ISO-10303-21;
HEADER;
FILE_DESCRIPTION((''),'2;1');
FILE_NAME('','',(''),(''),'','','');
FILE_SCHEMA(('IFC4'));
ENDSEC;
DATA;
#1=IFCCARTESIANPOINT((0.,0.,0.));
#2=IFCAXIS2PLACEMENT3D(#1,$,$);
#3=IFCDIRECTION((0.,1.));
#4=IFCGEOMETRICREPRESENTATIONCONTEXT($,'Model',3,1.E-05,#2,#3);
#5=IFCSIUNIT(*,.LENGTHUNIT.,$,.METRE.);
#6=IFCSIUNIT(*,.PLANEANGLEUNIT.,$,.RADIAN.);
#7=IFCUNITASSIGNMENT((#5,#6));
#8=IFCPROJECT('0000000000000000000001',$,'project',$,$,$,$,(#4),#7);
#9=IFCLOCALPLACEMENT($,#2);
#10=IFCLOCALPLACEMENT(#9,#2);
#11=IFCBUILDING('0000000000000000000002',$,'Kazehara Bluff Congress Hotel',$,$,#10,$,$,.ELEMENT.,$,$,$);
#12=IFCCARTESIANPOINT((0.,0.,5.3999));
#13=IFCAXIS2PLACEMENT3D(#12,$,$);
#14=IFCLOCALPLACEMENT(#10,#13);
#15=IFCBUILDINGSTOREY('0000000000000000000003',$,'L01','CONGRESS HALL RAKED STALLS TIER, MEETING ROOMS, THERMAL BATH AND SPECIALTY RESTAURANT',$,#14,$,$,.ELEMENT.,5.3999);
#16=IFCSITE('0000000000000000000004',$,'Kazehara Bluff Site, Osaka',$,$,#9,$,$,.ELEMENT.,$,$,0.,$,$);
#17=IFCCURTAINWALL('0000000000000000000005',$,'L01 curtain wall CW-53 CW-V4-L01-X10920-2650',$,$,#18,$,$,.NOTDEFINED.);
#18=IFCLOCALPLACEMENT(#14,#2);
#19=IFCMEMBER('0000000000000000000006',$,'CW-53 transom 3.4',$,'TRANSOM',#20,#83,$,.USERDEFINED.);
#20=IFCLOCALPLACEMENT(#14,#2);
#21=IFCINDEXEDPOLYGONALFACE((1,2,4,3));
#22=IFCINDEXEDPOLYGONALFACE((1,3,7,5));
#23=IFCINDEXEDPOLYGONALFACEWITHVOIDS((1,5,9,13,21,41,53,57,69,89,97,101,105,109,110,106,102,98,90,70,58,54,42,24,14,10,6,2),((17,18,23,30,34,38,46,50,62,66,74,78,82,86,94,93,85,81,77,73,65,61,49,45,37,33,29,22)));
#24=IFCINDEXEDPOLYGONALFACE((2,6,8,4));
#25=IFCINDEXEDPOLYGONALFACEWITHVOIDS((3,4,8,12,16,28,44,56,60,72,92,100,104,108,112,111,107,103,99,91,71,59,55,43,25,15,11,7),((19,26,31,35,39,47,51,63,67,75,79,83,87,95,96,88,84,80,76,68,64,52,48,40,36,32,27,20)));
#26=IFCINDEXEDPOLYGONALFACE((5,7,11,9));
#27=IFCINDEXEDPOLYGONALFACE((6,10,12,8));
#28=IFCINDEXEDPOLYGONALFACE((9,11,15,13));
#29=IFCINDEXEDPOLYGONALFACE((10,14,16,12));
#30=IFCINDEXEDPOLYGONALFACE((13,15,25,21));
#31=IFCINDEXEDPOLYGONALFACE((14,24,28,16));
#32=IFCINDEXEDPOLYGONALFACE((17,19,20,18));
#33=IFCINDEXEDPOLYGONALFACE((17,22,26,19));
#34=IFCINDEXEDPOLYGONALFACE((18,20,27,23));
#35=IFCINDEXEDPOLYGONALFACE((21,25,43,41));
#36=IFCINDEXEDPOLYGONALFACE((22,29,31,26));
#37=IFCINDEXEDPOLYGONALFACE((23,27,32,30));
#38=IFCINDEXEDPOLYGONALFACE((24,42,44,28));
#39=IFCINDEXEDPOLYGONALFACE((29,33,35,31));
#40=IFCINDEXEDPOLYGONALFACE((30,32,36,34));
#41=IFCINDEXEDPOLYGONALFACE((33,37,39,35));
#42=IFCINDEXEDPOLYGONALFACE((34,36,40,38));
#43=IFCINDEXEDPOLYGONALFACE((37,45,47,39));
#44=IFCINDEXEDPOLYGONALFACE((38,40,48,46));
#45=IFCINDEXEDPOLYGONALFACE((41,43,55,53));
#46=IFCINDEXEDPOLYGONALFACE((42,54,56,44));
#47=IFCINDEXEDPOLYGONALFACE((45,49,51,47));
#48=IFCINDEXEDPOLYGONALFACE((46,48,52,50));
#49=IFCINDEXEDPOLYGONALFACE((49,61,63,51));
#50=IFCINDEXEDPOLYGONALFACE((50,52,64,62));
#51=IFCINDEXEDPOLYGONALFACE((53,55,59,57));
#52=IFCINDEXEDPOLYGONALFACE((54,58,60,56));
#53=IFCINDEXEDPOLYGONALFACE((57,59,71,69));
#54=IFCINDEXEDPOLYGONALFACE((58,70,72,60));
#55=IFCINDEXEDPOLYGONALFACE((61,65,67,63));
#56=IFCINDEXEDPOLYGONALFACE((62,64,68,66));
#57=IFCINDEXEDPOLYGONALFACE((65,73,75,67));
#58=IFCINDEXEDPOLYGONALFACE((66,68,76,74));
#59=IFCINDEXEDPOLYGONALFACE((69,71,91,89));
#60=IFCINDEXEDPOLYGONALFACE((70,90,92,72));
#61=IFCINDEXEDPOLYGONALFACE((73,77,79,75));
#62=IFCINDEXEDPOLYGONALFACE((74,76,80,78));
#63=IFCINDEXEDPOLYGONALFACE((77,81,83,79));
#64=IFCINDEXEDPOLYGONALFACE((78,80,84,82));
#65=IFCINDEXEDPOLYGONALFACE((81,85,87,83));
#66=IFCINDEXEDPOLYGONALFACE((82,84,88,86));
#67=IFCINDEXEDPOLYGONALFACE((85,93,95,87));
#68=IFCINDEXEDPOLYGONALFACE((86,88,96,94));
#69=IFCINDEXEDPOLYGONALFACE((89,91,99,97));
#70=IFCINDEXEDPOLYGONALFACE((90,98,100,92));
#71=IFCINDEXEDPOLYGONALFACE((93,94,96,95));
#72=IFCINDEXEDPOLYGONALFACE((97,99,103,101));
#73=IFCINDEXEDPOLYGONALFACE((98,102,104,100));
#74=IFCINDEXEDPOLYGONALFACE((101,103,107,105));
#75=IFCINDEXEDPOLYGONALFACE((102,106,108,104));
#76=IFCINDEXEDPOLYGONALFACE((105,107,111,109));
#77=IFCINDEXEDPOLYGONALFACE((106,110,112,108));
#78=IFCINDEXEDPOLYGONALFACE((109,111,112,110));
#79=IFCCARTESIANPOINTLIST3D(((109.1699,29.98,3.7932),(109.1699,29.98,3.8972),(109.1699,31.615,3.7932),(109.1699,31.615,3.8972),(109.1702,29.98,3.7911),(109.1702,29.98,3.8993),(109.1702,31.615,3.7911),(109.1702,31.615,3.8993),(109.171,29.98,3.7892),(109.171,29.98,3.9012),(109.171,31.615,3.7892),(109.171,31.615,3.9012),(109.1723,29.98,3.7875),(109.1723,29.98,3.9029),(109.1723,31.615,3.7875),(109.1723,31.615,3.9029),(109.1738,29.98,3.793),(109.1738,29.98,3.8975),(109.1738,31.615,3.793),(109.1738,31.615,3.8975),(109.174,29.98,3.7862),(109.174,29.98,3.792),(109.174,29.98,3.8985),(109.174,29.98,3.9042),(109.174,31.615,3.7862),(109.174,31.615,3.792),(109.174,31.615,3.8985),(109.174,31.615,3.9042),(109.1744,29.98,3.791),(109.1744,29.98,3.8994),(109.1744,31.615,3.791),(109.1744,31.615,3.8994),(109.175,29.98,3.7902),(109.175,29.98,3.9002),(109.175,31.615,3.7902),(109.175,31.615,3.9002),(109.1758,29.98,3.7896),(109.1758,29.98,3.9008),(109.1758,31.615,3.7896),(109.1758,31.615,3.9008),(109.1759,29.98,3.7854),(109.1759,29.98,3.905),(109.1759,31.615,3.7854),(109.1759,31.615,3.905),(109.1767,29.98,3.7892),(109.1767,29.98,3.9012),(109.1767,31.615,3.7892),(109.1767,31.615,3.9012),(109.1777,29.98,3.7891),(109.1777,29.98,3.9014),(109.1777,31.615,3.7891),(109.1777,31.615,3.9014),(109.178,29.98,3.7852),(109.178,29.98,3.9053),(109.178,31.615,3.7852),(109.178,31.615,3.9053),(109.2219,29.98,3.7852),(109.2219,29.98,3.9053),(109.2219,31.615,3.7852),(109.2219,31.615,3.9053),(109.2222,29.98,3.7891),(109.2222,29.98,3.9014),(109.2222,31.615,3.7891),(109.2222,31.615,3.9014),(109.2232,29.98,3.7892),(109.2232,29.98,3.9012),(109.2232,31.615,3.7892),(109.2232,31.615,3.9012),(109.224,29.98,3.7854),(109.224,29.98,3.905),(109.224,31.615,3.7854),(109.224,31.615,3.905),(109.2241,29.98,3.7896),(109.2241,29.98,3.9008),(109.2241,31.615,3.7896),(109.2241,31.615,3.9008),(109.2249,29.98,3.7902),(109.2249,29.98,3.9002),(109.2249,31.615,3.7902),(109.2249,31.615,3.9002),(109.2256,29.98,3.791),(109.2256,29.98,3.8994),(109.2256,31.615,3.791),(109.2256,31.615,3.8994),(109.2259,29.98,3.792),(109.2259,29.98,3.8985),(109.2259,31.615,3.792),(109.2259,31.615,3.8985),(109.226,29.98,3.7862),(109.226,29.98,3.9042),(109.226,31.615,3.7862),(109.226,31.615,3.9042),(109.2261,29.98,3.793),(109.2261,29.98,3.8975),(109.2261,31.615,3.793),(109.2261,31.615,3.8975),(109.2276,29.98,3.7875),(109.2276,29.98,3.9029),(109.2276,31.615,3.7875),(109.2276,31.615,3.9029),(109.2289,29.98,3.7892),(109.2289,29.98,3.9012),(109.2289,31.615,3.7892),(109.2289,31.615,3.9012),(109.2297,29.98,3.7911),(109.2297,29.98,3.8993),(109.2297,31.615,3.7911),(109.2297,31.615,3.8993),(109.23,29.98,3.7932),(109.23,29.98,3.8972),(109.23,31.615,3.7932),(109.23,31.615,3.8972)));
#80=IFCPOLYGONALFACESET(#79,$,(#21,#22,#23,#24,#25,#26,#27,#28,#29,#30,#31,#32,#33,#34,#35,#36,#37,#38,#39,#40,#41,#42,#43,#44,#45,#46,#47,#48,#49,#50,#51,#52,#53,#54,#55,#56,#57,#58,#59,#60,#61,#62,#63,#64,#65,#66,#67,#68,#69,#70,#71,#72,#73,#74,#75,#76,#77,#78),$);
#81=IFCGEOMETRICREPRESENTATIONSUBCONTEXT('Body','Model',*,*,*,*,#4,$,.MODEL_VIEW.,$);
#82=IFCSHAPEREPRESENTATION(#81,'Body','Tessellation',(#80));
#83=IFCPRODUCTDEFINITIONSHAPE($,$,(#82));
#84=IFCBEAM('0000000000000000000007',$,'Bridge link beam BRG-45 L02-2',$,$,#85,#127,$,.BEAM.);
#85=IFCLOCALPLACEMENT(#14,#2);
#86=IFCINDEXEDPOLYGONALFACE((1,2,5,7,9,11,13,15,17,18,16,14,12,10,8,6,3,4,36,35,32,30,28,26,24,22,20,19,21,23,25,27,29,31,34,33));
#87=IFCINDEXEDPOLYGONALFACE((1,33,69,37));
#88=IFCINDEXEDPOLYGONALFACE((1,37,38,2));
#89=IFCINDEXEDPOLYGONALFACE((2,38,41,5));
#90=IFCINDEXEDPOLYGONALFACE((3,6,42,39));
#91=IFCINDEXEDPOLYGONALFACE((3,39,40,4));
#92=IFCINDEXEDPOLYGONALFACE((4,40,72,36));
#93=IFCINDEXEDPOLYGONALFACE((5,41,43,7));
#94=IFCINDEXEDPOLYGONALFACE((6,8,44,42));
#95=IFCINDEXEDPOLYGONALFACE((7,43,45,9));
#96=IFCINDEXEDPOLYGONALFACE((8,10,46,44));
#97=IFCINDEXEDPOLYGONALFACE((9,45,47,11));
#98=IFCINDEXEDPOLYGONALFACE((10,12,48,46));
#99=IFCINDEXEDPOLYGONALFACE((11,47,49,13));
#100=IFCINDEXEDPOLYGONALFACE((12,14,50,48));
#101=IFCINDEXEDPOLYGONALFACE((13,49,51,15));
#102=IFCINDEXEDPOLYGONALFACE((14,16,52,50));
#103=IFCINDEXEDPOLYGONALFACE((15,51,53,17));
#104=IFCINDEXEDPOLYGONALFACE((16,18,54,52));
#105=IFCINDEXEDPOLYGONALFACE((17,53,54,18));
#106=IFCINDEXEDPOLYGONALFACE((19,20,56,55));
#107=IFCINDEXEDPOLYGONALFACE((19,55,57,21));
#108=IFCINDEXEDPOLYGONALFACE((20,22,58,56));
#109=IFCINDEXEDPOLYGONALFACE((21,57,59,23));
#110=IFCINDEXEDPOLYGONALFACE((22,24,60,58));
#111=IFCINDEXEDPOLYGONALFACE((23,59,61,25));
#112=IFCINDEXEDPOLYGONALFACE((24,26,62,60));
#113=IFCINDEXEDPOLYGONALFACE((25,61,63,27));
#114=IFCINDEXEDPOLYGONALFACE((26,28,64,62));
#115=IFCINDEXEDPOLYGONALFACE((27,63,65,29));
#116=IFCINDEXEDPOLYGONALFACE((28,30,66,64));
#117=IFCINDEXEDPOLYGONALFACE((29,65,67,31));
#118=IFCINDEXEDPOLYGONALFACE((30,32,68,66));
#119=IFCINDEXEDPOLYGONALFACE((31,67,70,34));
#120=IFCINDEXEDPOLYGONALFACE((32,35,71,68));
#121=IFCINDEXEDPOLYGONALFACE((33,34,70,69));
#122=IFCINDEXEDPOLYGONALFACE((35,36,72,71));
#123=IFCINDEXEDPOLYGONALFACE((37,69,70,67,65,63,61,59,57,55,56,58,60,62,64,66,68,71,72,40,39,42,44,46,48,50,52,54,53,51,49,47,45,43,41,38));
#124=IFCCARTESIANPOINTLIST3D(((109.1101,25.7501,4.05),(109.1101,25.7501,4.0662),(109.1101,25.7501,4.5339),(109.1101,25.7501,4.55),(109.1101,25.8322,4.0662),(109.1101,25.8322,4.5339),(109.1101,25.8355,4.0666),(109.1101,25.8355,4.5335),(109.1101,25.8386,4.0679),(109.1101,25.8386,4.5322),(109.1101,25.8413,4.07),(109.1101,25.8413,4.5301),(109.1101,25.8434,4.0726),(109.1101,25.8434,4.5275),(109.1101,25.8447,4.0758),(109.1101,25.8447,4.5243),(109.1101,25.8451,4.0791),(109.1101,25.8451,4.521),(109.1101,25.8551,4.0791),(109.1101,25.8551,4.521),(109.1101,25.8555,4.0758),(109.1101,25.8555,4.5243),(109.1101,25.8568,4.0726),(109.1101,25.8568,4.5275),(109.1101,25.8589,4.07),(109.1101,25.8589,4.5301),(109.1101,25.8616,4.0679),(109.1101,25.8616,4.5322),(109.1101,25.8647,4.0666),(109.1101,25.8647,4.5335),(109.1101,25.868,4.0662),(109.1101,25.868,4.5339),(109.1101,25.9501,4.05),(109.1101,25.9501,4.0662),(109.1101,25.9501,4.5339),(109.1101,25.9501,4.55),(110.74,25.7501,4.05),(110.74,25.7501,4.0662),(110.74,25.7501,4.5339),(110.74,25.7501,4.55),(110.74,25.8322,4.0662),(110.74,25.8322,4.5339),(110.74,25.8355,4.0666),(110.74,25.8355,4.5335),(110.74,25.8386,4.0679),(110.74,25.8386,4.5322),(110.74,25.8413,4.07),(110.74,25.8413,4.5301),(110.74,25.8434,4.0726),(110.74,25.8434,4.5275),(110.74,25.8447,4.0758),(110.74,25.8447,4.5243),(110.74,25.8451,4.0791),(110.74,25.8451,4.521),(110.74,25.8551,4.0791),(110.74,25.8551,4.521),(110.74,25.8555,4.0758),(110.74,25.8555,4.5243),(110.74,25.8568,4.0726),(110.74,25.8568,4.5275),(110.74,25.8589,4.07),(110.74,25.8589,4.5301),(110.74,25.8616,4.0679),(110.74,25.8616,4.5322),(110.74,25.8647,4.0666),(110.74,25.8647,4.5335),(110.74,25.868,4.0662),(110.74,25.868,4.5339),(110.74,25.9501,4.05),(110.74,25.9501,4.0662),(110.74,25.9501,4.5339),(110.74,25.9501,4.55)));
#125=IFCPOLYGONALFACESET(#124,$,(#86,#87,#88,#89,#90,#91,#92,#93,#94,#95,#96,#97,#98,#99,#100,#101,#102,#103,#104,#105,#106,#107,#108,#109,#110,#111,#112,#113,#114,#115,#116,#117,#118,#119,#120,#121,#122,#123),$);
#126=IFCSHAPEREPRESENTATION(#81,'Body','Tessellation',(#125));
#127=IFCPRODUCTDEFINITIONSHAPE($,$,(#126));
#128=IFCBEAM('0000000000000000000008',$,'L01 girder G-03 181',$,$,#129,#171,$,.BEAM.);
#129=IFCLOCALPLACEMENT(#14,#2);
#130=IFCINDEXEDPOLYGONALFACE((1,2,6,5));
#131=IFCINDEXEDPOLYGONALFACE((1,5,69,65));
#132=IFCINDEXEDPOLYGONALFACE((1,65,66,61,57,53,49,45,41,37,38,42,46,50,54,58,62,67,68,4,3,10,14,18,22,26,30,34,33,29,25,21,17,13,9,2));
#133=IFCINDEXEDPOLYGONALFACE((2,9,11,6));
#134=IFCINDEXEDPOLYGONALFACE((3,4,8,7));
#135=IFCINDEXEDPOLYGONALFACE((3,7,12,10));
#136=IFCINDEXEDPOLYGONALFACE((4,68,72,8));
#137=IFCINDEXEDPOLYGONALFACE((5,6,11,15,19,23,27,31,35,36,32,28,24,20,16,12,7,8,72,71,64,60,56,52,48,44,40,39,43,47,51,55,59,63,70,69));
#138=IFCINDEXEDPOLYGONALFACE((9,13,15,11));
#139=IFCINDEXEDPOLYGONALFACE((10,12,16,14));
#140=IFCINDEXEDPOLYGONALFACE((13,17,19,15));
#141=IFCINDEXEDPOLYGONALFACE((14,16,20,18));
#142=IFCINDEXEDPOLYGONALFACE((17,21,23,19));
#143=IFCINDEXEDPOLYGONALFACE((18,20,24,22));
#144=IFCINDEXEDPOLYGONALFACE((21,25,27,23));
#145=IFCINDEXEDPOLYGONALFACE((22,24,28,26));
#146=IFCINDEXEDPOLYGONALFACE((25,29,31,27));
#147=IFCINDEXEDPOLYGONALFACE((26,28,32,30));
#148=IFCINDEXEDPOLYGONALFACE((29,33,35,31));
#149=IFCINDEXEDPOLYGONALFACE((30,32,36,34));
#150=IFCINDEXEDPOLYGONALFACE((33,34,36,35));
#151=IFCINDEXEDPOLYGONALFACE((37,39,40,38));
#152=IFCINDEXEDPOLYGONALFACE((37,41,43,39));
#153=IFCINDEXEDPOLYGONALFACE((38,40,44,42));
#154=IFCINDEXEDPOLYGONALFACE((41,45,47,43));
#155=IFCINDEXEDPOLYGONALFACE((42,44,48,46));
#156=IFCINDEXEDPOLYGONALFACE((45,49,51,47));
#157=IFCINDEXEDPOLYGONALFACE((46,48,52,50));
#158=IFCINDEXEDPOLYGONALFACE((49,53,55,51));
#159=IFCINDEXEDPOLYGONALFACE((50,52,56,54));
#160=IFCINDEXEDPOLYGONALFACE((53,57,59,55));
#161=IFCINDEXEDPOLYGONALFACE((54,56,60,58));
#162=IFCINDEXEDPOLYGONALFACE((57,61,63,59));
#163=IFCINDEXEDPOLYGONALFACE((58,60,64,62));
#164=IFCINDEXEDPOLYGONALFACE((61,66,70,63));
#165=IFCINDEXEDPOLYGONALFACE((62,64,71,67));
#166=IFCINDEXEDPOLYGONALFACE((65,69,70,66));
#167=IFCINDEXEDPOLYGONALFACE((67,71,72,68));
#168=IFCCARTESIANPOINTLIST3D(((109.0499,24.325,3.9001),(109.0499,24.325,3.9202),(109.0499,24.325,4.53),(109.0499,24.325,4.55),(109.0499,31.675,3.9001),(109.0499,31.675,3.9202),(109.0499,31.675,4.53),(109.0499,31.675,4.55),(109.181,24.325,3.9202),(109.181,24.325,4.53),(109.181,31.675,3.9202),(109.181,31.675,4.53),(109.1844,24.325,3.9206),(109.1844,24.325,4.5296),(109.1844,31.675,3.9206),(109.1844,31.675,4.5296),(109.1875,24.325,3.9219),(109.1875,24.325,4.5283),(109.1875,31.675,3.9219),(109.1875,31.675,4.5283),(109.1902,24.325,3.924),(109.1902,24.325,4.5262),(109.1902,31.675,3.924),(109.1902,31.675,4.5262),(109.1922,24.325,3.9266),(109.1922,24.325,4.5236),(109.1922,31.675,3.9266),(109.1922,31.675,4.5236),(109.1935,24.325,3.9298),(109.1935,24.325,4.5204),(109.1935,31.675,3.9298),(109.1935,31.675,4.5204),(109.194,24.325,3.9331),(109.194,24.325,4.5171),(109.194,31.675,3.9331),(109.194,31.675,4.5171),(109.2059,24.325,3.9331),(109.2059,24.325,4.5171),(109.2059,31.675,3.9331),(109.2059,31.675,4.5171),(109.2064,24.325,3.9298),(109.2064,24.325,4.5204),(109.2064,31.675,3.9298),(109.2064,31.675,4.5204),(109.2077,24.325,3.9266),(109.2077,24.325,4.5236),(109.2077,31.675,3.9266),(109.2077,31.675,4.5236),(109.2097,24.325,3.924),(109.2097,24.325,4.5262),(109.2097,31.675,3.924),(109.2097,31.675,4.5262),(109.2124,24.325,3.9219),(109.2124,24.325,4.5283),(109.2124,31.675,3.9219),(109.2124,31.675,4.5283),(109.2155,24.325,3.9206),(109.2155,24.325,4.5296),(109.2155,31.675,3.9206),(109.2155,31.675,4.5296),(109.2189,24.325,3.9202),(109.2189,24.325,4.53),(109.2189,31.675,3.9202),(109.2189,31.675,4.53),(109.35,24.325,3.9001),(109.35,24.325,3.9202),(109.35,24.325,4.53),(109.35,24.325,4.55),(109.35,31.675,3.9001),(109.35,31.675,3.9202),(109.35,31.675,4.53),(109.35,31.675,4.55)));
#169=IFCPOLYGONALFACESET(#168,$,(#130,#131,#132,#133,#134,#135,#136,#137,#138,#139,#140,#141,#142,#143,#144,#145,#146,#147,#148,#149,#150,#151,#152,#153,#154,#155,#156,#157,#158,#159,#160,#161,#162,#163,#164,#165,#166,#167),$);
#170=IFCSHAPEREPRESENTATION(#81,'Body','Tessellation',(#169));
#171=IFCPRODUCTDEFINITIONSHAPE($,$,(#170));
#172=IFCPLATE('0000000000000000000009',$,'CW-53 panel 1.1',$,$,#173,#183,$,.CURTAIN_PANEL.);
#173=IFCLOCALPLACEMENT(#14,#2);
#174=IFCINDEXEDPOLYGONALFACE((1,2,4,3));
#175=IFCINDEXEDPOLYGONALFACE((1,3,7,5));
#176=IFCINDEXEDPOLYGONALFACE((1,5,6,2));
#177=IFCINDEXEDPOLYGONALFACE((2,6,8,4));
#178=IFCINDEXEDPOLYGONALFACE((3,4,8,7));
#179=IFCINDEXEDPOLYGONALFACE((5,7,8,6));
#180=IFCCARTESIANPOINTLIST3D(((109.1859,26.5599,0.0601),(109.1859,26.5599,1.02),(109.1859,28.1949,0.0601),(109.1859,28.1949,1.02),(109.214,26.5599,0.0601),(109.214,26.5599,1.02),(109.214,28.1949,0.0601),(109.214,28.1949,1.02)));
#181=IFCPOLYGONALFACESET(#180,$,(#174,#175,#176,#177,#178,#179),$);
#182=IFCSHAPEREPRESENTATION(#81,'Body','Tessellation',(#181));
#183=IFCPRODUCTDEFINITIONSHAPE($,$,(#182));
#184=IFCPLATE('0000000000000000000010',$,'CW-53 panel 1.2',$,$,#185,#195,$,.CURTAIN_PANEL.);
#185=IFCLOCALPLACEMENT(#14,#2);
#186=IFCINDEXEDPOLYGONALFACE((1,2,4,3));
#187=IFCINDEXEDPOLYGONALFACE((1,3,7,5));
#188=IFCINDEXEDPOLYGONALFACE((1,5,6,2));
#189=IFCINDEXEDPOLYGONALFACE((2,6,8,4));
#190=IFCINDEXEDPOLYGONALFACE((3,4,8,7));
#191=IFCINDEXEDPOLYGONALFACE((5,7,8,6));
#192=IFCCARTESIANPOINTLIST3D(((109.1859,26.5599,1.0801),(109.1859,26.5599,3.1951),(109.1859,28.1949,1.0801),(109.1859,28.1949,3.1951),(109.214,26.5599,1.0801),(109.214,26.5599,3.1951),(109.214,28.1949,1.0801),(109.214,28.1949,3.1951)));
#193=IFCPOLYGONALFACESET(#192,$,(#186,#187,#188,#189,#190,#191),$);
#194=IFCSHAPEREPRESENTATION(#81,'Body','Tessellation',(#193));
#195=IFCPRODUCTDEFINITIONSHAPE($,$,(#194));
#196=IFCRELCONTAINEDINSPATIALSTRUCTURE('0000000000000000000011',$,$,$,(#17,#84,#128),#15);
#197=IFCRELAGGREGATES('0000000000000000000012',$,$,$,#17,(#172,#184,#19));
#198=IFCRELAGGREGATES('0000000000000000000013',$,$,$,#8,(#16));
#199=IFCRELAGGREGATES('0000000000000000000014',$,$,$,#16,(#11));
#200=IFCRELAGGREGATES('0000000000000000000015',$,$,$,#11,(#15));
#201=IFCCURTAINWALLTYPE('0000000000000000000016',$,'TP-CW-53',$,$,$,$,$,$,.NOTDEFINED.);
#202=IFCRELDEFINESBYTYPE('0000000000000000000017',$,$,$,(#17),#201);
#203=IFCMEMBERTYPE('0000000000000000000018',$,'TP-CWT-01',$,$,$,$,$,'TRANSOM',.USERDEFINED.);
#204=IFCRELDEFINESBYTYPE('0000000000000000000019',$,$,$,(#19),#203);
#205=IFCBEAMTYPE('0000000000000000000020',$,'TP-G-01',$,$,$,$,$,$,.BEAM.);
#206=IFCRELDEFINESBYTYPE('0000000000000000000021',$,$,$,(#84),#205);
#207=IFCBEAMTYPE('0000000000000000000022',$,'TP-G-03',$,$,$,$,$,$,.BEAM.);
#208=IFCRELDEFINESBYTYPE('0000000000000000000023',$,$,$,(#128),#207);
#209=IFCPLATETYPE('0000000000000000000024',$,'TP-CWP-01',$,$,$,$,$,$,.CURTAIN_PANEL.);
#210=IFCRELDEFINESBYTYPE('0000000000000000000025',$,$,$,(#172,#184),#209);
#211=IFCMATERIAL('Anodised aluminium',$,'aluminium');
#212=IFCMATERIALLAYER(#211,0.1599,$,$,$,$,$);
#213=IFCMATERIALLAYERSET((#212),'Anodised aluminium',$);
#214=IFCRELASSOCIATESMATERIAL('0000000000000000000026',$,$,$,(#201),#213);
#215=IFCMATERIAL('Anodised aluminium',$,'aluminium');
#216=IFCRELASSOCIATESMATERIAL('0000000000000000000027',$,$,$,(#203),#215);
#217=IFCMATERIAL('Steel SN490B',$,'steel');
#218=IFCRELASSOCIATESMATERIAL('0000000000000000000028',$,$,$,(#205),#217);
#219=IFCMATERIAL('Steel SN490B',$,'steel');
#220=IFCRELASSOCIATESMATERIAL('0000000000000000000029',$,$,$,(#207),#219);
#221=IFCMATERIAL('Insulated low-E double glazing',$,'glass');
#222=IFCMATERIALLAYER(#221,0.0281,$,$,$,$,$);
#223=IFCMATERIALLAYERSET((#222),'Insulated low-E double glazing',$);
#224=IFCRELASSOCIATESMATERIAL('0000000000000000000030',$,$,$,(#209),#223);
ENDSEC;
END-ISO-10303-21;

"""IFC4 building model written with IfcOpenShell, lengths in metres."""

from ifc_helpers import new_model, si_unit, direction, frame, origin, origin_2d, place, context, subcontext, project, spatial, rectangle, hollow_rectangle, i_section, extrude, material, layer, layer_set, material_profile, profile_set, type_object, element, aggregate, save


model = new_model("IFC4")

# Units and contexts
model_context = context("Model", 3, precision=1e-05, world=origin(), true_north=direction((0.0, 1.0)))
body_context = subcontext(model_context, "Body", "Model", "MODEL_VIEW")
ifc_project = project(units=[si_unit("LENGTHUNIT", "METRE"), si_unit("PLANEANGLEUNIT", "RADIAN")], contexts=[model_context])

# Site, building, storey
site_placement = place(None, origin())
site = spatial("IfcSite", under=ifc_project, at=site_placement, Name="Kazehara Bluff Site, Osaka", CompositionType="ELEMENT", RefElevation=0.0)
building_placement = place(site_placement, origin())
building = spatial("IfcBuilding", under=site, at=building_placement, Name="Kazehara Bluff Congress Hotel", CompositionType="ELEMENT")
storey_placement = place(building_placement, frame((0.0, 0.0, 5.3999)))
storey = spatial("IfcBuildingStorey", under=building, at=storey_placement, Name="L01", Description="CONGRESS HALL RAKED STALLS TIER, MEETING ROOMS, THERMAL BATH AND SPECIALTY RESTAURANT", CompositionType="ELEMENT", Elevation=5.3999)

# Curtain wall, member
ifc_material_1 = material(Name="Anodised aluminium", Category="aluminium")
ifc_layer_1 = layer(ifc_material_1, 0.1599)
ifc_layer_set_1 = layer_set([ifc_layer_1], Name="Anodised aluminium")
curtain_wall_type = type_object("IfcCurtainWallType", Name="TP-CW-53", PredefinedType="NOTDEFINED", material=ifc_layer_set_1)
curtain_wall_placement = place(storey_placement, origin())
curtain_wall = element("IfcCurtainWall", 1, at=curtain_wall_placement, inside=storey, type_object=curtain_wall_type, Name="L01 curtain wall CW-53 CW-V4-L01-X10920-2650", PredefinedType="NOTDEFINED")
ifc_material_2 = material(Name="Anodised aluminium", Category="aluminium")
ifc_material_profile_1 = material_profile(ifc_material_2, hollow_rectangle(XDim=0.0601, YDim=0.1201, WallThickness=0.0039, InnerFilletRadius=0.0039, OuterFilletRadius=0.0081, at=origin_2d()))
ifc_profile_set_1 = profile_set([ifc_material_profile_1], Name="Anodised aluminium")
member_type_1 = type_object("IfcMemberType", Name="TP-CWT-01", ElementType="TRANSOM", PredefinedType="USERDEFINED", material=ifc_profile_set_1)
member_1_placement = place(storey_placement, frame((109.2, 29.98, 3.8452), z_axis=(0.0, 1.0, 0.0), x_axis=(-1.0, 0.0, 0.0)))
member_1 = element("IfcMember", 2, at=member_1_placement, type_object=member_type_1, Name="CW-53 transom 3.4", ObjectType="TRANSOM", PredefinedType="USERDEFINED", context=body_context, shape_type="SweptSolid", body=[
    extrude(hollow_rectangle(XDim=0.0601, YDim=0.1201, WallThickness=0.0039, InnerFilletRadius=0.0039, OuterFilletRadius=0.0081, at=origin_2d()), origin(), (0.0, 0.0, 1.0), 1.635),
])

# Beams
ifc_material_3 = material(Name="Steel SN490B", Category="steel")
ifc_material_profile_2 = material_profile(ifc_material_3, i_section(OverallWidth=0.2, OverallDepth=0.5, WebThickness=0.01, FlangeThickness=0.0161, FilletRadius=0.0129, at=origin_2d()))
ifc_profile_set_2 = profile_set([ifc_material_profile_2], Name="Steel SN490B")
beam_type_1 = type_object("IfcBeamType", Name="TP-G-01", PredefinedType="BEAM", material=ifc_profile_set_2)
beam_1_placement = place(storey_placement, frame((109.1101, 25.8501, 4.3), z_axis=(1.0, 0.0, 0.0), x_axis=(0.0, 1.0, 0.0)))
element("IfcBeam", 3, at=beam_1_placement, inside=storey, type_object=beam_type_1, Name="Bridge link beam BRG-45 L02-2", PredefinedType="BEAM", context=body_context, shape_type="SweptSolid", body=[
    extrude(i_section(OverallWidth=0.2, OverallDepth=0.5, WebThickness=0.01, FlangeThickness=0.0161, FilletRadius=0.0129, at=origin_2d()), origin(), (0.0, 0.0, 1.0), 1.6299),
])
ifc_material_4 = material(Name="Steel SN490B", Category="steel")
ifc_material_profile_3 = material_profile(ifc_material_4, i_section(OverallWidth=0.3, OverallDepth=0.6499, WebThickness=0.012, FlangeThickness=0.02, FilletRadius=0.0129, at=origin_2d()))
ifc_profile_set_3 = profile_set([ifc_material_profile_3], Name="Steel SN490B")
beam_type_2 = type_object("IfcBeamType", Name="TP-G-03", PredefinedType="BEAM", material=ifc_profile_set_3)
beam_2_placement = place(storey_placement, frame((109.2, 24.325, 4.2251), z_axis=(0.0, 1.0, 0.0), x_axis=(-1.0, 0.0, 0.0)))
element("IfcBeam", 4, at=beam_2_placement, inside=storey, type_object=beam_type_2, Name="L01 girder G-03 181", PredefinedType="BEAM", context=body_context, shape_type="SweptSolid", body=[
    extrude(i_section(OverallWidth=0.3, OverallDepth=0.6499, WebThickness=0.012, FlangeThickness=0.02, FilletRadius=0.0129, at=origin_2d()), origin(), (0.0, 0.0, 1.0), 7.3501),
])

# Plates
ifc_material_5 = material(Name="Insulated low-E double glazing", Category="glass")
ifc_layer_2 = layer(ifc_material_5, 0.0281)
ifc_layer_set_2 = layer_set([ifc_layer_2], Name="Insulated low-E double glazing")
plate_type = type_object("IfcPlateType", Name="TP-CWP-01", PredefinedType="CURTAIN_PANEL", material=ifc_layer_set_2)
plate_1_placement = place(storey_placement, frame((109.2, 27.3774, 0.0601), z_axis=(0.0, 0.0, 1.0), x_axis=(0.0, 1.0, 0.0)))
plate_1 = element("IfcPlate", 5, at=plate_1_placement, type_object=plate_type, Name="CW-53 panel 1.1", PredefinedType="CURTAIN_PANEL", context=body_context, shape_type="SweptSolid", body=[
    extrude(rectangle(XDim=1.635, YDim=0.0281, at=origin_2d()), origin(), (0.0, 0.0, 1.0), 0.96),
])
plate_2_placement = place(storey_placement, frame((109.2, 27.3774, 1.0801), z_axis=(0.0, 0.0, 1.0), x_axis=(0.0, 1.0, 0.0)))
plate_2 = element("IfcPlate", 6, at=plate_2_placement, type_object=plate_type, Name="CW-53 panel 1.2", PredefinedType="CURTAIN_PANEL", context=body_context, shape_type="SweptSolid", body=[
    extrude(rectangle(XDim=1.635, YDim=0.0281, at=origin_2d()), origin(), (0.0, 0.0, 1.0), 2.115),
])
aggregate(curtain_wall, [plate_1, plate_2, member_1])

save(model, "model.ifc")
